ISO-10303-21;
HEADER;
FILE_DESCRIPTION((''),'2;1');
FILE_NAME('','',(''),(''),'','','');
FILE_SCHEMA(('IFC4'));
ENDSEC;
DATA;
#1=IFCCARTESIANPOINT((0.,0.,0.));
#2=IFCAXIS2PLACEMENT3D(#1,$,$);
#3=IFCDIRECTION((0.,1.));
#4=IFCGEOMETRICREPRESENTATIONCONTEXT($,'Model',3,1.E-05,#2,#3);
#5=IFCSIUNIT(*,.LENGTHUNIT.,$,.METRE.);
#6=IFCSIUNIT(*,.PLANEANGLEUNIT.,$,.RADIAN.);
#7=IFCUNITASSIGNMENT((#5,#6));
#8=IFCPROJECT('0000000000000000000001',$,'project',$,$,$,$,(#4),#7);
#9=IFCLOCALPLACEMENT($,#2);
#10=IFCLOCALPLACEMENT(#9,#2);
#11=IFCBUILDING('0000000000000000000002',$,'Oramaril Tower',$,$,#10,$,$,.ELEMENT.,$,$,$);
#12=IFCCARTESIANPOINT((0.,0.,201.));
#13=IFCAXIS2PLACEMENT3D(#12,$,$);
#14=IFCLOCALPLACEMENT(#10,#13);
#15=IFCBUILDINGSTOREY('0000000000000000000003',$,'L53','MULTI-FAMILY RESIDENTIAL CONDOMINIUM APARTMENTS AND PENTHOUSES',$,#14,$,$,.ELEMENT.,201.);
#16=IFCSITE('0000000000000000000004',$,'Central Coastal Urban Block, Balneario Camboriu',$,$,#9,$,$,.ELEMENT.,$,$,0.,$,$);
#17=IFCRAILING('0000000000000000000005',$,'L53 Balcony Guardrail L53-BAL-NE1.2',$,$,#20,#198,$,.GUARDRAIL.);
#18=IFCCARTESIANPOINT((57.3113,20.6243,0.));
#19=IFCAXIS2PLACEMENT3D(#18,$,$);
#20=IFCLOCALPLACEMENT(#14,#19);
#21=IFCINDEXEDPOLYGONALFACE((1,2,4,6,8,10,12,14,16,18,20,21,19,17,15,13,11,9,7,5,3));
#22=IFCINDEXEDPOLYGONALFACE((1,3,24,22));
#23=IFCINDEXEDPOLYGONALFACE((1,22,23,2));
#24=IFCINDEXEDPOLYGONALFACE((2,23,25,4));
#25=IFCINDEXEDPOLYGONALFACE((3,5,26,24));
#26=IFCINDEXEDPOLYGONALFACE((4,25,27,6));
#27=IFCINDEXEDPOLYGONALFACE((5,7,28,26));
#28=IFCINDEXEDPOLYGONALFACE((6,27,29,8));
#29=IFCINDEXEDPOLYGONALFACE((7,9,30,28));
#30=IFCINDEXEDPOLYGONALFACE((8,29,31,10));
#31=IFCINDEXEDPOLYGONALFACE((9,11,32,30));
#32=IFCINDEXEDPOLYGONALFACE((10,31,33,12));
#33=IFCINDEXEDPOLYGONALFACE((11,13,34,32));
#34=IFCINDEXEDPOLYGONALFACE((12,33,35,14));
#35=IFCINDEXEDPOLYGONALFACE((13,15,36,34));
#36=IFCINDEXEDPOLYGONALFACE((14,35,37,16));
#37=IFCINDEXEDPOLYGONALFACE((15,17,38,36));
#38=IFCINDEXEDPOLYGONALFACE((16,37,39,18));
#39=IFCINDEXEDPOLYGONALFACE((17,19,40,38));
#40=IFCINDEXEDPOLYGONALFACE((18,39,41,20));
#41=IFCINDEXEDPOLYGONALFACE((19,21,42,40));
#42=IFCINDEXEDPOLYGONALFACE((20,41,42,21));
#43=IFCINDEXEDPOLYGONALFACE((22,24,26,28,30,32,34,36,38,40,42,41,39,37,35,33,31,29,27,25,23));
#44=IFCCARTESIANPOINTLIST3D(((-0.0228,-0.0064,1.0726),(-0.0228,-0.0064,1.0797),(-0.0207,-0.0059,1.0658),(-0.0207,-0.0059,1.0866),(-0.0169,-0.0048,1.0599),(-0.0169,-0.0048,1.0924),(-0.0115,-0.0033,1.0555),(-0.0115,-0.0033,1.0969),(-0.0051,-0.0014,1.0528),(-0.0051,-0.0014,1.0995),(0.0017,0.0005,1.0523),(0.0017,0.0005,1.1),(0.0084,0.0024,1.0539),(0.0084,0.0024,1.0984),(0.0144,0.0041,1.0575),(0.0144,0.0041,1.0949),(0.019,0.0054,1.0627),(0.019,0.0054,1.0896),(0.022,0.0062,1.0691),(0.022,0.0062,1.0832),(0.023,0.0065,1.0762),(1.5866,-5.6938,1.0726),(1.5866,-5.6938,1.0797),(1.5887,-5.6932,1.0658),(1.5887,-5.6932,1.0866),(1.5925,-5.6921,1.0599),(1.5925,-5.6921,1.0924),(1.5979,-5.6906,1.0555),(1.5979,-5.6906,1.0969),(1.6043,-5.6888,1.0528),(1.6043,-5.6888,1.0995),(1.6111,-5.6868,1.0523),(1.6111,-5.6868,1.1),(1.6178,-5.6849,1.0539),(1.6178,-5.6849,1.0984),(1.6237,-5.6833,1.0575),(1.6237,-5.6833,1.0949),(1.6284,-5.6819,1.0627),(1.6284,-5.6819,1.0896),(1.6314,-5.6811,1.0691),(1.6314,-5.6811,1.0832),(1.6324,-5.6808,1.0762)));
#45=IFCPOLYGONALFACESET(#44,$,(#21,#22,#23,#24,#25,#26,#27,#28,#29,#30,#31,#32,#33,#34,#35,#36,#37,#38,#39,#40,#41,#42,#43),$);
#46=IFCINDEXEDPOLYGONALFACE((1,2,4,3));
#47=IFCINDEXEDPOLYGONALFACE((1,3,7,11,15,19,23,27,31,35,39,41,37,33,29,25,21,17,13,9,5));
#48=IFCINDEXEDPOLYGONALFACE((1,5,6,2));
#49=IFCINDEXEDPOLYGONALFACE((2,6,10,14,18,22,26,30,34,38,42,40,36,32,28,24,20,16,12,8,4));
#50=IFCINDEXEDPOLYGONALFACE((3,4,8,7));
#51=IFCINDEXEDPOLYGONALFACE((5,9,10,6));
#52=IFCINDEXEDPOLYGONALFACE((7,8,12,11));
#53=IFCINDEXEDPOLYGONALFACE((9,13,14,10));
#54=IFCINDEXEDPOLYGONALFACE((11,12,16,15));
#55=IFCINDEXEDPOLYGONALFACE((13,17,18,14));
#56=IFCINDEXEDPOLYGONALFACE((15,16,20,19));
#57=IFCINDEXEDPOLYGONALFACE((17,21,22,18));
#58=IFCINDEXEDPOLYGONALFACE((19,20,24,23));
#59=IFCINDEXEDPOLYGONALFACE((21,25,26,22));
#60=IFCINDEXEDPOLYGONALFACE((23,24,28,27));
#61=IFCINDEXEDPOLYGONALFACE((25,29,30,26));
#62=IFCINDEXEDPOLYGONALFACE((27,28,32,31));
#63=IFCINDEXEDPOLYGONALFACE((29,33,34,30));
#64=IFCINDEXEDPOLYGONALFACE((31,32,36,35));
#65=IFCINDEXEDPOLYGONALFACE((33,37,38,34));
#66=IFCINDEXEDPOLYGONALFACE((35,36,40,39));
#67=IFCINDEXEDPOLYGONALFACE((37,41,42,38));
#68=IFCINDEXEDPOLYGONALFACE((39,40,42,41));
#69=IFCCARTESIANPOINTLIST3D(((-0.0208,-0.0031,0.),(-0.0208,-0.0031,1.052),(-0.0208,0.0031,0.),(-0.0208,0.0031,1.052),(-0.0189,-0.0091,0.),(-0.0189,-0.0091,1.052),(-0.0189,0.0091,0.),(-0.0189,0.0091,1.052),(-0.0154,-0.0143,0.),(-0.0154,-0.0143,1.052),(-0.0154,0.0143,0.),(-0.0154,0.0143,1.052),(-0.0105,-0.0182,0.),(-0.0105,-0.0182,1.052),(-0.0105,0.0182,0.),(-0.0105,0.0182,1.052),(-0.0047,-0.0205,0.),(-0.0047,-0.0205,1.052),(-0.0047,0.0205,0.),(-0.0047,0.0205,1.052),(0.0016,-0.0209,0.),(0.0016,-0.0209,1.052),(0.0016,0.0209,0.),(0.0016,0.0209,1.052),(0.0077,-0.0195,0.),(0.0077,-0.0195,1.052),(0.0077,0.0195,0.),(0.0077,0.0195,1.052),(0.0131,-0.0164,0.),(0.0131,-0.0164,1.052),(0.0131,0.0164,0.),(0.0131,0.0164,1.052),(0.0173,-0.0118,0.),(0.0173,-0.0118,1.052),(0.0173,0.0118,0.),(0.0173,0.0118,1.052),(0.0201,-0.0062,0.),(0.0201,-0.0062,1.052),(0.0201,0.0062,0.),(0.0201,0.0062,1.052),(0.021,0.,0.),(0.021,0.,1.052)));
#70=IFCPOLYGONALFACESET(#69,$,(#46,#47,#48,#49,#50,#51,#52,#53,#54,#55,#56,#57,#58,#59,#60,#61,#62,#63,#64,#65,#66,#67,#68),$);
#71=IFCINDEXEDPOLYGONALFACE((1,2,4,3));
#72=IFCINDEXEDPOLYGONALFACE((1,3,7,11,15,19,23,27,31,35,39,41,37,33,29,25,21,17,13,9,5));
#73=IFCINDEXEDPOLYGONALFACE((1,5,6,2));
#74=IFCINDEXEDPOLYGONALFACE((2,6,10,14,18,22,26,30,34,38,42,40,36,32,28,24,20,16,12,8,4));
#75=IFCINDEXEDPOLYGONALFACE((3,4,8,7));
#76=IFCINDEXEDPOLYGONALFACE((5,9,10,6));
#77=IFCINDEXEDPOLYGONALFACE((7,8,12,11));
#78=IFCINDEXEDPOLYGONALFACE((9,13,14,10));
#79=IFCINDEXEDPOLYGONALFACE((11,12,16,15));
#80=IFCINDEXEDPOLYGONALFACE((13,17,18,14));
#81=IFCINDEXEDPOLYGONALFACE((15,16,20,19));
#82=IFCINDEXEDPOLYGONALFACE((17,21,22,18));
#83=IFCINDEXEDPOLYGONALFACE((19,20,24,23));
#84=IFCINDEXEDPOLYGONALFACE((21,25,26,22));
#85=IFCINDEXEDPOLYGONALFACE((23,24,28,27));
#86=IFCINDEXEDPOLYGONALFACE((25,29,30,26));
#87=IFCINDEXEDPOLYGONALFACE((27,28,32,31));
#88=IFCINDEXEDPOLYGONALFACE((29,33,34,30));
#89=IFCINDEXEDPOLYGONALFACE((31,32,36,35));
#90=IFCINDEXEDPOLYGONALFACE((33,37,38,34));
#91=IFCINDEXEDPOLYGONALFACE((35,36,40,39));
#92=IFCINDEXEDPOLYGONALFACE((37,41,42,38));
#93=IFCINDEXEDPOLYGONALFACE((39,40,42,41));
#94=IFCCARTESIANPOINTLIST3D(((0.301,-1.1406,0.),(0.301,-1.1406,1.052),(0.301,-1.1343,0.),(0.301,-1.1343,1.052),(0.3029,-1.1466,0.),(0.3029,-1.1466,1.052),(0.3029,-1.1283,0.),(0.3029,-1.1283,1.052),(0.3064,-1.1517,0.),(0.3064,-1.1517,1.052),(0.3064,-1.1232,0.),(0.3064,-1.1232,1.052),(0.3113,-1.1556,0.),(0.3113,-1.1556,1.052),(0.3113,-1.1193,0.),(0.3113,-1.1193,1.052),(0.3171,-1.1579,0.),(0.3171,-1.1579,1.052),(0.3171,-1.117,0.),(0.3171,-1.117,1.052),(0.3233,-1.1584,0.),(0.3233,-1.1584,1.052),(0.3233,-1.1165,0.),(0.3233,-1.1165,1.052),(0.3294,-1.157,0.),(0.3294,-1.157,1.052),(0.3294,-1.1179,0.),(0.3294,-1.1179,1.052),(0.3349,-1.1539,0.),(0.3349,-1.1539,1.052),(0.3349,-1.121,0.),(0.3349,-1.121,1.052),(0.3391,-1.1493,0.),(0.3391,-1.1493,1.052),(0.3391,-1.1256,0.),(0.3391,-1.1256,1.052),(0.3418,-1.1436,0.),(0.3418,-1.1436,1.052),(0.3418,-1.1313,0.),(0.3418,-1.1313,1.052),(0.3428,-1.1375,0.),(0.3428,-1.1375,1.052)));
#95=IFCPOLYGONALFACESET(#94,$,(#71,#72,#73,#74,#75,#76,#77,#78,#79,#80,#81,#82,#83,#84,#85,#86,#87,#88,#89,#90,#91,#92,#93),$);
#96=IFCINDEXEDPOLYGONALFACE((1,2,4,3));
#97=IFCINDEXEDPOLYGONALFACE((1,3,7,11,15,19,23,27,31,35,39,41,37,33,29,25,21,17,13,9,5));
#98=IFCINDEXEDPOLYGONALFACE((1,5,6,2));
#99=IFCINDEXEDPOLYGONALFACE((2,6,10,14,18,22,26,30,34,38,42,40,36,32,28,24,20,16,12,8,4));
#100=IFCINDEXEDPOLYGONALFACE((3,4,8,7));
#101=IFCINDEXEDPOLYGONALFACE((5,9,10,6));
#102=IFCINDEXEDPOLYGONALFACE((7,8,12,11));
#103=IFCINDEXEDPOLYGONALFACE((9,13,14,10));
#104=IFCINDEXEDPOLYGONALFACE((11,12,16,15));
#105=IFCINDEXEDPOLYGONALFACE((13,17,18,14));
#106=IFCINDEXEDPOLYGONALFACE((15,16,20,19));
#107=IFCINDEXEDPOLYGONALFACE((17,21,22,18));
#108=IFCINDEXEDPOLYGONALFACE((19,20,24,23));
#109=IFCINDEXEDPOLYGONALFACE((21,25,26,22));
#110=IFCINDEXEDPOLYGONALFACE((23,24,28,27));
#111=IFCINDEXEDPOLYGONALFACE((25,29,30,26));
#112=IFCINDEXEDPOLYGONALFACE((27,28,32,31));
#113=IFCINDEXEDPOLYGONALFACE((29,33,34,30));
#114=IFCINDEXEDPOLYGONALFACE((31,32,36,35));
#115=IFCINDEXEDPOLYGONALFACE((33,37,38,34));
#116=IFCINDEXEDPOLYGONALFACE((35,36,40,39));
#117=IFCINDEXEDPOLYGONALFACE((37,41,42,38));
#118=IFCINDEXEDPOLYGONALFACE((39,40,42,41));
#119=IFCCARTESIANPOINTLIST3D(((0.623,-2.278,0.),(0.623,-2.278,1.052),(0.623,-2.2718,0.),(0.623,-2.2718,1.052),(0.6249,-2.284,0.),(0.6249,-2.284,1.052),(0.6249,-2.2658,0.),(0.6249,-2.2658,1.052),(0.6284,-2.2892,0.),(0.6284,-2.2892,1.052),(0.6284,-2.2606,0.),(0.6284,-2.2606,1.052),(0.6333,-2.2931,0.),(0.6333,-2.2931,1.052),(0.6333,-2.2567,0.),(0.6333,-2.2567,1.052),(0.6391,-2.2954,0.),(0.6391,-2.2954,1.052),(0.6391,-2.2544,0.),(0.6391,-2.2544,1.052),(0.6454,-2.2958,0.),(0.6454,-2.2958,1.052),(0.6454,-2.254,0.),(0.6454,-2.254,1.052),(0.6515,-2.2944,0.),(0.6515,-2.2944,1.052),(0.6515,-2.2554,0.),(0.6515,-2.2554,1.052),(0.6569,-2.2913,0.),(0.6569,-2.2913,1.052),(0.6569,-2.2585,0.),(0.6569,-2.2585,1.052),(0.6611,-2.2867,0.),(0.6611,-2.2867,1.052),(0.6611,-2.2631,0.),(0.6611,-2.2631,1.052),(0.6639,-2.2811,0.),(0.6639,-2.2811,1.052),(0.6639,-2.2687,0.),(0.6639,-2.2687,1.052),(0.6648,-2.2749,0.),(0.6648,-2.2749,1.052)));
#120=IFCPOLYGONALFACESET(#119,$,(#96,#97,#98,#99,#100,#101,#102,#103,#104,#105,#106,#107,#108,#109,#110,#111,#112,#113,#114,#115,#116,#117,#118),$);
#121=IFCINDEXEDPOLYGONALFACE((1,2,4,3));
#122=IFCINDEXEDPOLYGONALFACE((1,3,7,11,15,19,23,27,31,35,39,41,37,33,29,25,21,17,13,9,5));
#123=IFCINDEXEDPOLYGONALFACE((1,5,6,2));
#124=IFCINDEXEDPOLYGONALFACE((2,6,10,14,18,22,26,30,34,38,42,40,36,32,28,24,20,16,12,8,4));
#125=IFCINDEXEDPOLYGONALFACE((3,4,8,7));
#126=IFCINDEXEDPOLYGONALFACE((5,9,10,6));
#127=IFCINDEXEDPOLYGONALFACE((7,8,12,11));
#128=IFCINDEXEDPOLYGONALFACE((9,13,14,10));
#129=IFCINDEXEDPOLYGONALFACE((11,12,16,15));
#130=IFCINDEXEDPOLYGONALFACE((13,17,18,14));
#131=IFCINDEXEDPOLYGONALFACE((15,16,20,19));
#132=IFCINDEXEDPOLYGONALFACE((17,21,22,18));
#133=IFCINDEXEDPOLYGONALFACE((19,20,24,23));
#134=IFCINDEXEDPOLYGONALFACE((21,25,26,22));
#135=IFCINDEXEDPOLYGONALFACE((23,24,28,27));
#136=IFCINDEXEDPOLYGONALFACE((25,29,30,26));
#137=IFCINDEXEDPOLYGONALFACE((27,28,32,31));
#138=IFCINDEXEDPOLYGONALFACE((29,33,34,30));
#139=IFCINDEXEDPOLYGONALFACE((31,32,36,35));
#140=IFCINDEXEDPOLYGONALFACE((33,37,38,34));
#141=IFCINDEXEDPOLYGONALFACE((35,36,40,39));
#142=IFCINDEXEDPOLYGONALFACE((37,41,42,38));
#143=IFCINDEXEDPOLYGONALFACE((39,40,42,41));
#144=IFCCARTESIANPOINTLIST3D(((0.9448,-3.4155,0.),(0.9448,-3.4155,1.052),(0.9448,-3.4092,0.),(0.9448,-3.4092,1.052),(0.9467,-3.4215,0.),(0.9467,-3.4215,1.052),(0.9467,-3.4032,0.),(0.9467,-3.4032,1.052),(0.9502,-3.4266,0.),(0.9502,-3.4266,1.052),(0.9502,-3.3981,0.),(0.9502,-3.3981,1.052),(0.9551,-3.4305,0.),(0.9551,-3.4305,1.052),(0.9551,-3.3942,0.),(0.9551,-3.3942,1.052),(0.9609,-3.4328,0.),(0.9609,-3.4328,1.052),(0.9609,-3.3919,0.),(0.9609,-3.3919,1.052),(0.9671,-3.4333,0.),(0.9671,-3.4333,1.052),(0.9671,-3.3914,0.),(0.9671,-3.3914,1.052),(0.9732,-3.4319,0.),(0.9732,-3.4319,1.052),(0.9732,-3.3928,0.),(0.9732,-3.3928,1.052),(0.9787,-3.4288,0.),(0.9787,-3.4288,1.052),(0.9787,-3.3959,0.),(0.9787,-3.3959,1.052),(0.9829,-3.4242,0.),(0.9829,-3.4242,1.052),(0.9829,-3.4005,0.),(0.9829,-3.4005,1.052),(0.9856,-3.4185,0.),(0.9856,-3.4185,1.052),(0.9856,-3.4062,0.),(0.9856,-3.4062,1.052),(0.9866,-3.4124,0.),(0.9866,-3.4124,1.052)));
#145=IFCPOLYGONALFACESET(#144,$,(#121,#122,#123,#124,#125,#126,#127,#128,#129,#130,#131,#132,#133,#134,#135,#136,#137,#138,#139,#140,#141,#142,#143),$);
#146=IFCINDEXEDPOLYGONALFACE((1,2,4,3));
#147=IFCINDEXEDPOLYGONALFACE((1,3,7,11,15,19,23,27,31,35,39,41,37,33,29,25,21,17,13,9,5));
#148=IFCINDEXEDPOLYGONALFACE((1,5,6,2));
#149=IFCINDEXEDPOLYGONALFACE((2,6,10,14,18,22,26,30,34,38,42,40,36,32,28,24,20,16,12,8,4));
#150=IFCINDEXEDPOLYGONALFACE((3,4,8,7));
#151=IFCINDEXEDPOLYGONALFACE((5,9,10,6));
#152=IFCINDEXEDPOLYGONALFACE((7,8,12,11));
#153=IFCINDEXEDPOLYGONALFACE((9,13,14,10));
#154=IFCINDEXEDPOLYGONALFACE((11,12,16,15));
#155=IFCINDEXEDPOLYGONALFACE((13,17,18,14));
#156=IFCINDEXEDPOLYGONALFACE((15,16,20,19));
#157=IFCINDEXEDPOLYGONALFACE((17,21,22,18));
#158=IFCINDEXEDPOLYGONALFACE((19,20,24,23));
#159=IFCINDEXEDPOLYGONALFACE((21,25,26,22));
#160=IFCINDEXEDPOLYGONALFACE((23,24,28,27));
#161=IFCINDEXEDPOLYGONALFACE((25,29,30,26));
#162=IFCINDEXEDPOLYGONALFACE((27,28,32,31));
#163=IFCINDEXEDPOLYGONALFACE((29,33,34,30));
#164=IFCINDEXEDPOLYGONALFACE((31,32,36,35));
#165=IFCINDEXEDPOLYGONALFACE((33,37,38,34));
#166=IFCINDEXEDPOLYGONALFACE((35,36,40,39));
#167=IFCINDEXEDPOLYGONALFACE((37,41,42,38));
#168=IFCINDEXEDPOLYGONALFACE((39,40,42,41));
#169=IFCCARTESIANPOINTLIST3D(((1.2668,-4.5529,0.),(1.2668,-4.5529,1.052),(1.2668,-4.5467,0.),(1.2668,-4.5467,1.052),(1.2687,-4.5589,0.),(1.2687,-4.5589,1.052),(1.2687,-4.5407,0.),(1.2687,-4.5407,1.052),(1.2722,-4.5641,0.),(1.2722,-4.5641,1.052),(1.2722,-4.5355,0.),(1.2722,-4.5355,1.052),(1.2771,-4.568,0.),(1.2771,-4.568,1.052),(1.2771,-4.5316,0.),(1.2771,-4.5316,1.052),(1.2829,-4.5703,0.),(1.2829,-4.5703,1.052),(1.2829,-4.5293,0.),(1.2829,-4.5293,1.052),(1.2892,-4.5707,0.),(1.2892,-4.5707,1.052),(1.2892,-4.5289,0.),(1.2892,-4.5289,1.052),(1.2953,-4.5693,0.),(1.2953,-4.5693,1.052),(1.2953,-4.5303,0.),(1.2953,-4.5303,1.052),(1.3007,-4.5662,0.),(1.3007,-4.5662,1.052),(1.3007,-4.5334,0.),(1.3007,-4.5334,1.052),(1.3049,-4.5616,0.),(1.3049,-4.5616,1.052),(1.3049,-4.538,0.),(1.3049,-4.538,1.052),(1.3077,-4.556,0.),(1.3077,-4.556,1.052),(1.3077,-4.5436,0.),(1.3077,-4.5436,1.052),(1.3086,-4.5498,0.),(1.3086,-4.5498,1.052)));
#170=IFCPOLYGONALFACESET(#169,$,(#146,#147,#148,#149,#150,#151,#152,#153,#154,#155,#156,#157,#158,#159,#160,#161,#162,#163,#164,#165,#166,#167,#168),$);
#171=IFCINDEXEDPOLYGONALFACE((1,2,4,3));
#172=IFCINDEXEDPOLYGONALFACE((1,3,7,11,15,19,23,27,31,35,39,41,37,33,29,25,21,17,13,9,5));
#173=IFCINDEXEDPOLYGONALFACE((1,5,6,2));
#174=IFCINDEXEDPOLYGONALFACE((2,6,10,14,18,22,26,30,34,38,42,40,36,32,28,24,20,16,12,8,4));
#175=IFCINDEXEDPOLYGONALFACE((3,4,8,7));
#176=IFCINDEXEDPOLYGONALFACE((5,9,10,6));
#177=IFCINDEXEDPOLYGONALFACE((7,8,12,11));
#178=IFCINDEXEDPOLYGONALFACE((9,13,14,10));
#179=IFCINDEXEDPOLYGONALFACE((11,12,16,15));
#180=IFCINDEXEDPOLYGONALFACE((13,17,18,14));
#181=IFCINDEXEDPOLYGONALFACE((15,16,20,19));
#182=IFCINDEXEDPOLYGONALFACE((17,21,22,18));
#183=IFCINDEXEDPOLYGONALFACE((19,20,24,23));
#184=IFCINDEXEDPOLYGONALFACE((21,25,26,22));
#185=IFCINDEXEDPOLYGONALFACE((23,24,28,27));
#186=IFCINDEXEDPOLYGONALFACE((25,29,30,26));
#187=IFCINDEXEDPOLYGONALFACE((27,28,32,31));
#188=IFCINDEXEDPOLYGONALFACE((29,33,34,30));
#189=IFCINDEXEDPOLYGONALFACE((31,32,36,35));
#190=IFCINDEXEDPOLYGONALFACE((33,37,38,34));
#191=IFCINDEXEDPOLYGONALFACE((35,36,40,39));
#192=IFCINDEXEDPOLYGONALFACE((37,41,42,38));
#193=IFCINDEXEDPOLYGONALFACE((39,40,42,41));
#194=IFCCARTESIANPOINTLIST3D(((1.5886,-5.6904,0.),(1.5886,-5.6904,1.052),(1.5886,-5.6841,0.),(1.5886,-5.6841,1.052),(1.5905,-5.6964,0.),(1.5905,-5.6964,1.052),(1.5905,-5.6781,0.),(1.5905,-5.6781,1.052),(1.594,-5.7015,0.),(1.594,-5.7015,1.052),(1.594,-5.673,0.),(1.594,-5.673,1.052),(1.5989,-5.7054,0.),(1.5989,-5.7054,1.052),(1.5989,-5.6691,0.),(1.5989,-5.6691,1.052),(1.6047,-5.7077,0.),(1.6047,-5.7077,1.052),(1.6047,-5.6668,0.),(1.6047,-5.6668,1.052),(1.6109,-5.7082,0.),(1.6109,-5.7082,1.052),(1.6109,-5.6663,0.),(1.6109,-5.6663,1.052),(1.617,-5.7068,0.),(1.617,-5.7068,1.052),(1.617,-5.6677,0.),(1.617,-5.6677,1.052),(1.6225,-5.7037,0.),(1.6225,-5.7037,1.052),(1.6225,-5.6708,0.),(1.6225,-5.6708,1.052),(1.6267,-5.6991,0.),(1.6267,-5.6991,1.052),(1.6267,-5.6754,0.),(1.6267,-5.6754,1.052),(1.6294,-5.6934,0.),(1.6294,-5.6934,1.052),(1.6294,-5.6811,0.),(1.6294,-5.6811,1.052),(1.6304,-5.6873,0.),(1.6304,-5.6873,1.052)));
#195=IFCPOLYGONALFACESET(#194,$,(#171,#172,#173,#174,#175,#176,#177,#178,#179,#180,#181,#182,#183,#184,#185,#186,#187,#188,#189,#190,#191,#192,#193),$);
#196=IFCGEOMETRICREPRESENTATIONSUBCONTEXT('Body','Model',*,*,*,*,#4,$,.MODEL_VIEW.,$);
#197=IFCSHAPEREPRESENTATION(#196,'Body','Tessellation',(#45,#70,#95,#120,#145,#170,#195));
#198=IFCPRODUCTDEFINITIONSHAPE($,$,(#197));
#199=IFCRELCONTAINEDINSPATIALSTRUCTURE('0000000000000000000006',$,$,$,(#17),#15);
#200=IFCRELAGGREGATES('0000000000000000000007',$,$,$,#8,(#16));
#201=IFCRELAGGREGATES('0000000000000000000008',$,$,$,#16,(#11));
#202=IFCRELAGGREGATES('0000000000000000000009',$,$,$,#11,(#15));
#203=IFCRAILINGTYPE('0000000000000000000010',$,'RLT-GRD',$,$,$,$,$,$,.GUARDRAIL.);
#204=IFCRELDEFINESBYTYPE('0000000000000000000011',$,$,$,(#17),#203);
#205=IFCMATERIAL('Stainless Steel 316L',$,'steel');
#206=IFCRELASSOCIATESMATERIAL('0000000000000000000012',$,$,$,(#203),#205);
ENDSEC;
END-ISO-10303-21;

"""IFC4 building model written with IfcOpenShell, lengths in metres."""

from ifc_helpers import new_model, si_unit, direction, frame, origin, origin_2d, place, context, subcontext, project, spatial, circle, extrude, material, type_object, element, save


model = new_model("IFC4")

# Units and contexts
model_context = context("Model", 3, precision=1e-05, world=origin(), true_north=direction((0.0, 1.0)))
body_context = subcontext(model_context, "Body", "Model", "MODEL_VIEW")
ifc_project = project(units=[si_unit("LENGTHUNIT", "METRE"), si_unit("PLANEANGLEUNIT", "RADIAN")], contexts=[model_context])

# Site, building, storey
site_placement = place(None, origin())
site = spatial("IfcSite", under=ifc_project, at=site_placement, Name="Central Coastal Urban Block, Balneario Camboriu", CompositionType="ELEMENT", RefElevation=0.0)
building_placement = place(site_placement, origin())
building = spatial("IfcBuilding", under=site, at=building_placement, Name="Oramaril Tower", CompositionType="ELEMENT")
storey_placement = place(building_placement, frame((0.0, 0.0, 201.0)))
storey = spatial("IfcBuildingStorey", under=building, at=storey_placement, Name="L53", Description="MULTI-FAMILY RESIDENTIAL CONDOMINIUM APARTMENTS AND PENTHOUSES", CompositionType="ELEMENT", Elevation=201.0)

# Railing
ifc_material_1 = material(Name="Stainless Steel 316L", Category="steel")
railing_type = type_object("IfcRailingType", Name="RLT-GRD", PredefinedType="GUARDRAIL", material=ifc_material_1)
railing_1_placement = place(storey_placement, frame((57.3113, 20.6243, 0.0)))
element("IfcRailing", 1, at=railing_1_placement, inside=storey, type_object=railing_type, Name="L53 Balcony Guardrail L53-BAL-NE1.2", PredefinedType="GUARDRAIL", context=body_context, shape_type="SweptSolid", body=[
    extrude(circle(Radius=0.0239, at=origin_2d()), frame((0.0, 0.0, 1.0762), z_axis=(0.272287, -0.962216, 0.0), x_axis=(0.962216, 0.272287, 0.0)), (0.0, 0.0, 1.0), 5.9106),
    extrude(circle(Radius=0.021, at=origin_2d()), origin(), (0.0, 0.0, 1.0), 1.052),
    extrude(circle(Radius=0.021, at=origin_2d()), frame((0.3218, -1.1375, 0.0)), (0.0, 0.0, 1.0), 1.052),
    extrude(circle(Radius=0.021, at=origin_2d()), frame((0.6438, -2.2749, 0.0)), (0.0, 0.0, 1.0), 1.052),
    extrude(circle(Radius=0.021, at=origin_2d()), frame((0.9656, -3.4124, 0.0)), (0.0, 0.0, 1.0), 1.052),
    extrude(circle(Radius=0.021, at=origin_2d()), frame((1.2876, -4.5498, 0.0)), (0.0, 0.0, 1.0), 1.052),
    extrude(circle(Radius=0.021, at=origin_2d()), frame((1.6094, -5.6873, 0.0)), (0.0, 0.0, 1.0), 1.052),
])

save(model, "model.ifc")
